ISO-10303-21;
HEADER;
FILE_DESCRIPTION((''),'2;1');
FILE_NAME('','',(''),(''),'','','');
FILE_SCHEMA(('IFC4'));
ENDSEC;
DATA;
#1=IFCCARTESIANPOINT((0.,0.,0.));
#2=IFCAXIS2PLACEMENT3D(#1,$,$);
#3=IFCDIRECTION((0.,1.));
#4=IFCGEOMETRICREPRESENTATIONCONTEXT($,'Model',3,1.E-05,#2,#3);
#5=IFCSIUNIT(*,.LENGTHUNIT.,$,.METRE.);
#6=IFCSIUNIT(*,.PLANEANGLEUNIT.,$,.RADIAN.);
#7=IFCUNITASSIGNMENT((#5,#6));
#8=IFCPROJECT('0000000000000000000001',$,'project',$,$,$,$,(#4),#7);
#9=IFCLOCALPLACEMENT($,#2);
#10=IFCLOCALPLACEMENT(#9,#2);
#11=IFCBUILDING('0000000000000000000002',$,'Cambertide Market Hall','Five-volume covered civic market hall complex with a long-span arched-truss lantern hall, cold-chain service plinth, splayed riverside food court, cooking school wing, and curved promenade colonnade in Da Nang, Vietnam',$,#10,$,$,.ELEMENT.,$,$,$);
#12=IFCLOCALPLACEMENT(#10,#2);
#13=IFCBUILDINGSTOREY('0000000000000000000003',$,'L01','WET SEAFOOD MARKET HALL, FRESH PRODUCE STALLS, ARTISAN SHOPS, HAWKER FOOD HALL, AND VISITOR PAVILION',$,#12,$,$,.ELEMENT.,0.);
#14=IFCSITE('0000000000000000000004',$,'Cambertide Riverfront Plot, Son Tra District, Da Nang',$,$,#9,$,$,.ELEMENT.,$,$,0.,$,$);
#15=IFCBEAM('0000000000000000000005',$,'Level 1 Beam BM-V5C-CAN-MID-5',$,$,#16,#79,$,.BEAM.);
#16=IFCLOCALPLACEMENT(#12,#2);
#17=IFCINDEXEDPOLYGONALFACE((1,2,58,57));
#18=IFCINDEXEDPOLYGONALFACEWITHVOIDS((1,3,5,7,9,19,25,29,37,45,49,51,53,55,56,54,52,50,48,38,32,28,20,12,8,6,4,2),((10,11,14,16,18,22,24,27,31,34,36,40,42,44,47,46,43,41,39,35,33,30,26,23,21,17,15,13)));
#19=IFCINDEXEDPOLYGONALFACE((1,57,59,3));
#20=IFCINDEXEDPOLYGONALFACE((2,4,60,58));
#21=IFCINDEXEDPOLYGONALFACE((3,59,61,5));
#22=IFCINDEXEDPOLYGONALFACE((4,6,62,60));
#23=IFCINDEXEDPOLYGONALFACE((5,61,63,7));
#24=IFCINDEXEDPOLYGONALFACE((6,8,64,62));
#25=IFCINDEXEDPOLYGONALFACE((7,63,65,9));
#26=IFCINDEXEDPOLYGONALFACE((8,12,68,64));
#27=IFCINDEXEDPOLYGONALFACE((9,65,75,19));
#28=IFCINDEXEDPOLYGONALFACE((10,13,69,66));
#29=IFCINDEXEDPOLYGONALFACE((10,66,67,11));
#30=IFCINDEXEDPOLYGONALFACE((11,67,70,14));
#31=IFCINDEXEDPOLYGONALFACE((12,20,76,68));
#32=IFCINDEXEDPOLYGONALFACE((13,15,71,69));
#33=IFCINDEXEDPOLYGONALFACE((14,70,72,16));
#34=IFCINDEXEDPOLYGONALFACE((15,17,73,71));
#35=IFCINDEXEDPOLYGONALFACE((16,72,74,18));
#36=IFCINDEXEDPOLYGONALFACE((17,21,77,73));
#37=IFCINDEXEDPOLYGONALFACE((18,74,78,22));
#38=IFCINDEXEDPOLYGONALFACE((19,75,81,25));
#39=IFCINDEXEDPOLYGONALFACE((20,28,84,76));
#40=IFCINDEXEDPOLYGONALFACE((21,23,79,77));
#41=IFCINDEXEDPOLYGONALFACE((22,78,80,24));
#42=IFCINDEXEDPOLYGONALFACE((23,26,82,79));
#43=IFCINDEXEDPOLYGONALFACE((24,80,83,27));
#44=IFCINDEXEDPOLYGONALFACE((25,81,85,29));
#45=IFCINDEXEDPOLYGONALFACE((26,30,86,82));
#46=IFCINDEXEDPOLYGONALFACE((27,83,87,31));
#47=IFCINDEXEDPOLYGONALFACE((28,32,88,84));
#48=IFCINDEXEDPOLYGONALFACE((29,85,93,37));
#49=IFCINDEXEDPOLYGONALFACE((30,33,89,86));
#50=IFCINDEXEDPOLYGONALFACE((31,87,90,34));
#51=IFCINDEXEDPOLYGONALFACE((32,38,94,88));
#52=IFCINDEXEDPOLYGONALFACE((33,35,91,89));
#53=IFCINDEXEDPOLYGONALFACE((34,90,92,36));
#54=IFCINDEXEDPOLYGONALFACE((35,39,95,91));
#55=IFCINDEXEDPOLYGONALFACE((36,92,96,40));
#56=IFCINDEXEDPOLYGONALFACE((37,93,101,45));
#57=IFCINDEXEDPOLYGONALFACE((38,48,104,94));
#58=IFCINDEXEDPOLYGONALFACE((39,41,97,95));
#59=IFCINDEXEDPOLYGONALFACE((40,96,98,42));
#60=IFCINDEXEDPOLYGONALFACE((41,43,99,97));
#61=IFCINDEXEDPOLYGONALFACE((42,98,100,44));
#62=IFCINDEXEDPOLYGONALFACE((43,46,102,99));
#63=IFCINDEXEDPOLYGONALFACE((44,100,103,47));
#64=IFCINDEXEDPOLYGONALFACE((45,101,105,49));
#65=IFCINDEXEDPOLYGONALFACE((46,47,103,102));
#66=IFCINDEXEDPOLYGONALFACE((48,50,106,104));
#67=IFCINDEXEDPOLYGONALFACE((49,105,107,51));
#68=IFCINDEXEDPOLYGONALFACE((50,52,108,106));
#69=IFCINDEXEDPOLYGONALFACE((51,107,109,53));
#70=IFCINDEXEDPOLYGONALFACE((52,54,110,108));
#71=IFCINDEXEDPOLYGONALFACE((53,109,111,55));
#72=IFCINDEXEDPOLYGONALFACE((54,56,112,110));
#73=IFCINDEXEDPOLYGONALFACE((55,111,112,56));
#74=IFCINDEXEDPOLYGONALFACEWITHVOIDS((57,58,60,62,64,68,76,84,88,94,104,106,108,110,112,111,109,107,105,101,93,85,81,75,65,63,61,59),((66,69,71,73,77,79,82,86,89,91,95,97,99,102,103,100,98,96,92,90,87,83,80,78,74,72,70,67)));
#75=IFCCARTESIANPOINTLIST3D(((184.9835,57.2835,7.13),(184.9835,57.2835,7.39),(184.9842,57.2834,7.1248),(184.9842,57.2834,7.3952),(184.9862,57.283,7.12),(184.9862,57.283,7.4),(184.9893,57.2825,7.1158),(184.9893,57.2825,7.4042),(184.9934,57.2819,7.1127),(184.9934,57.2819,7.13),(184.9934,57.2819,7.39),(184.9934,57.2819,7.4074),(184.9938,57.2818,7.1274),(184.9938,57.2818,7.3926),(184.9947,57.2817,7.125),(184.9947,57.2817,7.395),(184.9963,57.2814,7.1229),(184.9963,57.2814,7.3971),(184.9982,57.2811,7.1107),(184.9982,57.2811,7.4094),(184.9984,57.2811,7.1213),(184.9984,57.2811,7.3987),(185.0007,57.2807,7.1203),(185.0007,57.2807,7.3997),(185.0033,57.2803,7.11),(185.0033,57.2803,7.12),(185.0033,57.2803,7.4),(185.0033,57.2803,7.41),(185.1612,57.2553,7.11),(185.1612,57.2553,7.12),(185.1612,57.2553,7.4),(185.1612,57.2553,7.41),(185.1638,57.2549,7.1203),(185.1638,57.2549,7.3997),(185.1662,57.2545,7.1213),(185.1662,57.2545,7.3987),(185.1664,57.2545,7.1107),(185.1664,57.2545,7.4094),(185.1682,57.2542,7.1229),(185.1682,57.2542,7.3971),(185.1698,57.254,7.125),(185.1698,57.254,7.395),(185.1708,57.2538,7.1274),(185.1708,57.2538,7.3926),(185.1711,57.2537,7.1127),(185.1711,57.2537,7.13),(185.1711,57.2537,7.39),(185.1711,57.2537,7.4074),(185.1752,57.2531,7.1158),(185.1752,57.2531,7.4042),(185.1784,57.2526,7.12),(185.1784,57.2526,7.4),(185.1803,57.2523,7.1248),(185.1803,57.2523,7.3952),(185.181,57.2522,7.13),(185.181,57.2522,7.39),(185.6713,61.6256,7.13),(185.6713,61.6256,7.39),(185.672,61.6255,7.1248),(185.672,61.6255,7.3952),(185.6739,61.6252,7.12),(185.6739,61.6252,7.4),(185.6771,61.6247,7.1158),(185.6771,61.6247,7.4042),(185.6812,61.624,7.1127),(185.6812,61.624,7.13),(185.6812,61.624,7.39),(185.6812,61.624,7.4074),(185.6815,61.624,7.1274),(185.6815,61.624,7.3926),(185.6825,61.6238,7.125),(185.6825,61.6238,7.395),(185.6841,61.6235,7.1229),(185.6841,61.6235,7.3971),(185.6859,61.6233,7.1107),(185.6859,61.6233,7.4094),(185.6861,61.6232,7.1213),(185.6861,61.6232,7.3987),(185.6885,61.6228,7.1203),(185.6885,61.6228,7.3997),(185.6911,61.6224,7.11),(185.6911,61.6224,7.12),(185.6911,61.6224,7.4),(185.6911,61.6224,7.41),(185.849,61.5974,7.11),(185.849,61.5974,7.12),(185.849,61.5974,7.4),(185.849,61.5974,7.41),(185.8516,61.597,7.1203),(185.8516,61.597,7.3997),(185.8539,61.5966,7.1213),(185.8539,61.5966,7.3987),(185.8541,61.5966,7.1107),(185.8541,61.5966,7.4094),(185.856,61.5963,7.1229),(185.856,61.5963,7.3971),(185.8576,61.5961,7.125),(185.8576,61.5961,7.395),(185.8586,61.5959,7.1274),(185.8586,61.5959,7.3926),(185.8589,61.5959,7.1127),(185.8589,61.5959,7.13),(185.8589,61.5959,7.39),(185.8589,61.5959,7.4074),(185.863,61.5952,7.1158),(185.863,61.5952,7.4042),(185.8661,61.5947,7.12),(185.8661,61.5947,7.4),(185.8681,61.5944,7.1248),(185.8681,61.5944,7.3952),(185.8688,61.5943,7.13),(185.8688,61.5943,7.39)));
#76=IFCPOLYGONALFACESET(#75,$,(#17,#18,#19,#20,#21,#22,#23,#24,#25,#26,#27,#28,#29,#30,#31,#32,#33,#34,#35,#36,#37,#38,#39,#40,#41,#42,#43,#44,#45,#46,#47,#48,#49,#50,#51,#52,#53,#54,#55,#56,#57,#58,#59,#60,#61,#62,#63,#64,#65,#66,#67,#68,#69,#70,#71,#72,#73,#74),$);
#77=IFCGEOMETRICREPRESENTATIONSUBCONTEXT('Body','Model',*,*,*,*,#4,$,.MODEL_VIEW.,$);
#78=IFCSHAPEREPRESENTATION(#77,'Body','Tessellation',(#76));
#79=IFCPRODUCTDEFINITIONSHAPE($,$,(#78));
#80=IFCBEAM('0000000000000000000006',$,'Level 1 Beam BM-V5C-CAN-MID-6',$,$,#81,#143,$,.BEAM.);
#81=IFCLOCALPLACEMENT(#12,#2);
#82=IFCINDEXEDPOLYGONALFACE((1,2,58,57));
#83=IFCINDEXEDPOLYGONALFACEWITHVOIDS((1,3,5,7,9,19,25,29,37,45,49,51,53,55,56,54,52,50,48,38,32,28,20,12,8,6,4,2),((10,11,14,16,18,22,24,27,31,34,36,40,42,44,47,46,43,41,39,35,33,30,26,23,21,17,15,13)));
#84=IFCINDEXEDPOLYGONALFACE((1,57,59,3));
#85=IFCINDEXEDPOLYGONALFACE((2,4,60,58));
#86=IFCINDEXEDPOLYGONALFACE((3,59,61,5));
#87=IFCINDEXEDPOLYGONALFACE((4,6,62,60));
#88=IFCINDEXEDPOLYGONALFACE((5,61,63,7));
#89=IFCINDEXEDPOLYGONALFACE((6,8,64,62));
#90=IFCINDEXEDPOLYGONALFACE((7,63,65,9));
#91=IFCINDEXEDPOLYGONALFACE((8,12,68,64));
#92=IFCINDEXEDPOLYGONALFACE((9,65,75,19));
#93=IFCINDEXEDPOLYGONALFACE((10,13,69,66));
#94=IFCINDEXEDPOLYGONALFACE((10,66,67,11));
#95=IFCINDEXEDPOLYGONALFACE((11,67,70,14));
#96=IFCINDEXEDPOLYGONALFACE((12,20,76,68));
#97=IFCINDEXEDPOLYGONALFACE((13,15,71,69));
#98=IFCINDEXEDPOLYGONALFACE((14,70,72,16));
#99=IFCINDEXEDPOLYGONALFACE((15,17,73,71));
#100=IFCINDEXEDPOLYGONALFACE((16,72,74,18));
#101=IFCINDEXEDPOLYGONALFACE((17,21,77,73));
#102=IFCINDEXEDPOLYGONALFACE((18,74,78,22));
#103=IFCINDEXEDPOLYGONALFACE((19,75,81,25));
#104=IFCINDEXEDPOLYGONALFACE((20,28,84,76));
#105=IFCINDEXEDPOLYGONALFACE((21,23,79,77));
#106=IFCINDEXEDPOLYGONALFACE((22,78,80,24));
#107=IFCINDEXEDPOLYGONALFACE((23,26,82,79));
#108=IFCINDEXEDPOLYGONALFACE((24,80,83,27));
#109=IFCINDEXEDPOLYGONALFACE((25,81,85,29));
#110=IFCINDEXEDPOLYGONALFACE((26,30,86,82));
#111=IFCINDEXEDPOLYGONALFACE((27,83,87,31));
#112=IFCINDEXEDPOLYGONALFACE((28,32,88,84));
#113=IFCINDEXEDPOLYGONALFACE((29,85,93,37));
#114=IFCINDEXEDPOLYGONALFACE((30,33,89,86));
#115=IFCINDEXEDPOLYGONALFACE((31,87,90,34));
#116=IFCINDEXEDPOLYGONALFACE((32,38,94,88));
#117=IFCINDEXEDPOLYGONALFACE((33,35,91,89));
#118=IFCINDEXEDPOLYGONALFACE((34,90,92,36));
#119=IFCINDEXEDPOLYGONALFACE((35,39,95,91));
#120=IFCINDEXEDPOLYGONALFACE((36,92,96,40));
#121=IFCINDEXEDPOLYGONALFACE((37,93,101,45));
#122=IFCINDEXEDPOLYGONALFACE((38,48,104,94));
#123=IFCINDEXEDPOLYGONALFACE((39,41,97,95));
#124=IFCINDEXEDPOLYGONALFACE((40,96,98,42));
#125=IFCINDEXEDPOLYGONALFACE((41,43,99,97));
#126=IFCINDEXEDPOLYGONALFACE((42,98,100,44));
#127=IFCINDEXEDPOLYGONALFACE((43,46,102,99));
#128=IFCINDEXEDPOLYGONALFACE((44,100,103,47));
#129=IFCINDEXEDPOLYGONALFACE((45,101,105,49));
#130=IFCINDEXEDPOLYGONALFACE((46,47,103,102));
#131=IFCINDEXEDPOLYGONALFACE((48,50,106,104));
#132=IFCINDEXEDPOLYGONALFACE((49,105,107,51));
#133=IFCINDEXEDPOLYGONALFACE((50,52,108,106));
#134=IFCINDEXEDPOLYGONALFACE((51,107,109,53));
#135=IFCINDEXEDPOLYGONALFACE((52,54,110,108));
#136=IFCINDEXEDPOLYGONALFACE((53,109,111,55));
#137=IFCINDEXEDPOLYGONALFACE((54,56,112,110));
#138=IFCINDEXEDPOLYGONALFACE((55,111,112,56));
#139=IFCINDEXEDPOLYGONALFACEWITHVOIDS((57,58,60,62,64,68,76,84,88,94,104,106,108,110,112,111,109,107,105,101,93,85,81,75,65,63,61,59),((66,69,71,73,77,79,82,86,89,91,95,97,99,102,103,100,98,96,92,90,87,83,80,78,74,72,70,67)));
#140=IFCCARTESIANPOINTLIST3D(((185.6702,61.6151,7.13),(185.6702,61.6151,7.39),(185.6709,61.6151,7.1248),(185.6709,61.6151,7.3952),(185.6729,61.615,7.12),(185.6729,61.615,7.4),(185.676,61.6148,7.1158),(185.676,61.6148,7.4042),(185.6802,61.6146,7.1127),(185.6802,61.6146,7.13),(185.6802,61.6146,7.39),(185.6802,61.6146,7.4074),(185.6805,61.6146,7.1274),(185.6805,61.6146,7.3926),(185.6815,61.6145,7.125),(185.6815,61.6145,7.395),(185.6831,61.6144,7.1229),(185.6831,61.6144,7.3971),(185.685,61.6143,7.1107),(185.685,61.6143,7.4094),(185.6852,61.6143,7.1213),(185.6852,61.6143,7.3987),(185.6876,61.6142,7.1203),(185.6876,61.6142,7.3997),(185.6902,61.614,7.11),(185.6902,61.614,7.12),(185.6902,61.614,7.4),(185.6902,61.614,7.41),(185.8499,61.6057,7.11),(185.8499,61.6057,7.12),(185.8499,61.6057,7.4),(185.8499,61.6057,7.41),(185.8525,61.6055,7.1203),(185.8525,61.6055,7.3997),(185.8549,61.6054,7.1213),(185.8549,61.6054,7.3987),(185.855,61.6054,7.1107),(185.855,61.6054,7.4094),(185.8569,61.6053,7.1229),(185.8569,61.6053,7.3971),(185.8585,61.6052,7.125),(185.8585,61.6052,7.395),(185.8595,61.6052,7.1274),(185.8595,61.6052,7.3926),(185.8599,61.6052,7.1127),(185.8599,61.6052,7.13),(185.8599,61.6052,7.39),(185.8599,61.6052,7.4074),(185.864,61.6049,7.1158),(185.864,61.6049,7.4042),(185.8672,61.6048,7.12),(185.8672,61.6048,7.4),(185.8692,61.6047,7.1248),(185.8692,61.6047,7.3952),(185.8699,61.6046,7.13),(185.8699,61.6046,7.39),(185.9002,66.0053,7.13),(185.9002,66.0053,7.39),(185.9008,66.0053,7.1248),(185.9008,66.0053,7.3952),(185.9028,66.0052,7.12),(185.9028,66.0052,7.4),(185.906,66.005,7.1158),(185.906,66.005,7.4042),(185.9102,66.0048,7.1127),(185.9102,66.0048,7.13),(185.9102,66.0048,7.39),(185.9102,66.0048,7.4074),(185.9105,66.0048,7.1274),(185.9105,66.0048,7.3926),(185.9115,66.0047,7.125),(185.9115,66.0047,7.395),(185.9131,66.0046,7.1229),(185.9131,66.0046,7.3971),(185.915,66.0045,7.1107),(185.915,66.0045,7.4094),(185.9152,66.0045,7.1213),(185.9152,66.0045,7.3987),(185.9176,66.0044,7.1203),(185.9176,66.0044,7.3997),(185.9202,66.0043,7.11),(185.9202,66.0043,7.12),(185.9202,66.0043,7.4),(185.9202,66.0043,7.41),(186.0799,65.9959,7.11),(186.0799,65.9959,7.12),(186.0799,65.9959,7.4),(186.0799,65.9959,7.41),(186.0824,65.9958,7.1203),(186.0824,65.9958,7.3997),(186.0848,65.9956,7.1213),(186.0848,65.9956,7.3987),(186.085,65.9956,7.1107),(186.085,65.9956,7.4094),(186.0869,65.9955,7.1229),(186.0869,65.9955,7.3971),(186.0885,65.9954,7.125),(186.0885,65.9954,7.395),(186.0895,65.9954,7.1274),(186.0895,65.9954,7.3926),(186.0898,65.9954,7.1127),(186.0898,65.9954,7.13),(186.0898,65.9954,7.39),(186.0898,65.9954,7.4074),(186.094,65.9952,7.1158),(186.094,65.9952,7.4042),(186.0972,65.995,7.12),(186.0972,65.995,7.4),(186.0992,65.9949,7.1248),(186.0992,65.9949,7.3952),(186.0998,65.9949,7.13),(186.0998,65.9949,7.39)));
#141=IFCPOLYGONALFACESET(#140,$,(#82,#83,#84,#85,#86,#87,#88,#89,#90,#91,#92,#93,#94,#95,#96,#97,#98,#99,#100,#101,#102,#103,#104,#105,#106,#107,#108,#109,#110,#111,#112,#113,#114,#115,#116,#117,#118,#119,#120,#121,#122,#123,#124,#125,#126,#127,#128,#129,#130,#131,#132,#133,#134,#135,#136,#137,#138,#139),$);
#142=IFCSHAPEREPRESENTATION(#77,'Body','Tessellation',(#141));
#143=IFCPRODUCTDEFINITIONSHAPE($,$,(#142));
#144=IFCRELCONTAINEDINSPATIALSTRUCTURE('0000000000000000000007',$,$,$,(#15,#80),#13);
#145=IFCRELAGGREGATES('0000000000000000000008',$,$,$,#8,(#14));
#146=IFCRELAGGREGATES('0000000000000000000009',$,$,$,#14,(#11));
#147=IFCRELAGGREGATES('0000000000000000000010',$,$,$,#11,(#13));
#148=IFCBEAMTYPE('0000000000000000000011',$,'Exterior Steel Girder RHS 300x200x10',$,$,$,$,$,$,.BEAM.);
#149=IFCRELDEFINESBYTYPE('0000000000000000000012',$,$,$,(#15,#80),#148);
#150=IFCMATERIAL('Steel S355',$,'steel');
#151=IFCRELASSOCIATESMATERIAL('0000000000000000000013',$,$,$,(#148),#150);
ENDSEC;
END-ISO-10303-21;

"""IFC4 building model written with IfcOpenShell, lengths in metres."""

from ifc_helpers import new_model, si_unit, direction, frame, origin, origin_2d, place, context, subcontext, project, spatial, hollow_rectangle, extrude, material, material_profile, profile_set, type_object, element, save


model = new_model("IFC4")

# Units and contexts
model_context = context("Model", 3, precision=1e-05, world=origin(), true_north=direction((0.0, 1.0)))
body_context = subcontext(model_context, "Body", "Model", "MODEL_VIEW")
ifc_project = project(units=[si_unit("LENGTHUNIT", "METRE"), si_unit("PLANEANGLEUNIT", "RADIAN")], contexts=[model_context])

# Site, building, storey
site_placement = place(None, origin())
site = spatial("IfcSite", under=ifc_project, at=site_placement, Name="Cambertide Riverfront Plot, Son Tra District, Da Nang", CompositionType="ELEMENT", RefElevation=0.0)
building_placement = place(site_placement, origin())
building = spatial("IfcBuilding", under=site, at=building_placement, Name="Cambertide Market Hall", Description="Five-volume covered civic market hall complex with a long-span arched-truss lantern hall, cold-chain service plinth, splayed riverside food court, cooking school wing, and curved promenade colonnade in Da Nang, Vietnam", CompositionType="ELEMENT")
storey_placement = place(building_placement, origin())
storey = spatial("IfcBuildingStorey", under=building, at=storey_placement, Name="L01", Description="WET SEAFOOD MARKET HALL, FRESH PRODUCE STALLS, ARTISAN SHOPS, HAWKER FOOD HALL, AND VISITOR PAVILION", CompositionType="ELEMENT", Elevation=0.0)

# Beams
ifc_material_1 = material(Name="Steel S355", Category="steel")
ifc_material_profile_1 = material_profile(ifc_material_1, hollow_rectangle(XDim=0.2, YDim=0.3, WallThickness=0.01, InnerFilletRadius=0.01, OuterFilletRadius=0.02, at=origin_2d()), Name="RHS 300x200x10")
ifc_profile_set_1 = profile_set([ifc_material_profile_1], Name="Steel S355")
beam_type_1 = type_object("IfcBeamType", Name="Exterior Steel Girder RHS 300x200x10", PredefinedType="BEAM", material=ifc_profile_set_1)
for number, where, z_axis, x_axis, name in (
    (1, (185.0823, 57.2678, 7.26), (0.156442, 0.987687, 0.0), (-0.987687, 0.156442, 0.0), "Level 1 Beam BM-V5C-CAN-MID-5"),
    (2, (185.77, 61.6099, 7.26), (0.052314, 0.998631, 0.0), (-0.998631, 0.052314, 0.0), "Level 1 Beam BM-V5C-CAN-MID-6"),
):
    element("IfcBeam", number, at=place(storey_placement, frame(where, z_axis=z_axis, x_axis=x_axis)), inside=storey, type_object=beam_type_1, Name=name, PredefinedType="BEAM", context=body_context, shape_type="SweptSolid", body=[
        extrude(hollow_rectangle(XDim=0.2, YDim=0.3, WallThickness=0.01, InnerFilletRadius=0.01, OuterFilletRadius=0.02, at=origin_2d()), origin(), (0.0, 0.0, 1.0), 4.3962),
    ])

save(model, "model.ifc")
